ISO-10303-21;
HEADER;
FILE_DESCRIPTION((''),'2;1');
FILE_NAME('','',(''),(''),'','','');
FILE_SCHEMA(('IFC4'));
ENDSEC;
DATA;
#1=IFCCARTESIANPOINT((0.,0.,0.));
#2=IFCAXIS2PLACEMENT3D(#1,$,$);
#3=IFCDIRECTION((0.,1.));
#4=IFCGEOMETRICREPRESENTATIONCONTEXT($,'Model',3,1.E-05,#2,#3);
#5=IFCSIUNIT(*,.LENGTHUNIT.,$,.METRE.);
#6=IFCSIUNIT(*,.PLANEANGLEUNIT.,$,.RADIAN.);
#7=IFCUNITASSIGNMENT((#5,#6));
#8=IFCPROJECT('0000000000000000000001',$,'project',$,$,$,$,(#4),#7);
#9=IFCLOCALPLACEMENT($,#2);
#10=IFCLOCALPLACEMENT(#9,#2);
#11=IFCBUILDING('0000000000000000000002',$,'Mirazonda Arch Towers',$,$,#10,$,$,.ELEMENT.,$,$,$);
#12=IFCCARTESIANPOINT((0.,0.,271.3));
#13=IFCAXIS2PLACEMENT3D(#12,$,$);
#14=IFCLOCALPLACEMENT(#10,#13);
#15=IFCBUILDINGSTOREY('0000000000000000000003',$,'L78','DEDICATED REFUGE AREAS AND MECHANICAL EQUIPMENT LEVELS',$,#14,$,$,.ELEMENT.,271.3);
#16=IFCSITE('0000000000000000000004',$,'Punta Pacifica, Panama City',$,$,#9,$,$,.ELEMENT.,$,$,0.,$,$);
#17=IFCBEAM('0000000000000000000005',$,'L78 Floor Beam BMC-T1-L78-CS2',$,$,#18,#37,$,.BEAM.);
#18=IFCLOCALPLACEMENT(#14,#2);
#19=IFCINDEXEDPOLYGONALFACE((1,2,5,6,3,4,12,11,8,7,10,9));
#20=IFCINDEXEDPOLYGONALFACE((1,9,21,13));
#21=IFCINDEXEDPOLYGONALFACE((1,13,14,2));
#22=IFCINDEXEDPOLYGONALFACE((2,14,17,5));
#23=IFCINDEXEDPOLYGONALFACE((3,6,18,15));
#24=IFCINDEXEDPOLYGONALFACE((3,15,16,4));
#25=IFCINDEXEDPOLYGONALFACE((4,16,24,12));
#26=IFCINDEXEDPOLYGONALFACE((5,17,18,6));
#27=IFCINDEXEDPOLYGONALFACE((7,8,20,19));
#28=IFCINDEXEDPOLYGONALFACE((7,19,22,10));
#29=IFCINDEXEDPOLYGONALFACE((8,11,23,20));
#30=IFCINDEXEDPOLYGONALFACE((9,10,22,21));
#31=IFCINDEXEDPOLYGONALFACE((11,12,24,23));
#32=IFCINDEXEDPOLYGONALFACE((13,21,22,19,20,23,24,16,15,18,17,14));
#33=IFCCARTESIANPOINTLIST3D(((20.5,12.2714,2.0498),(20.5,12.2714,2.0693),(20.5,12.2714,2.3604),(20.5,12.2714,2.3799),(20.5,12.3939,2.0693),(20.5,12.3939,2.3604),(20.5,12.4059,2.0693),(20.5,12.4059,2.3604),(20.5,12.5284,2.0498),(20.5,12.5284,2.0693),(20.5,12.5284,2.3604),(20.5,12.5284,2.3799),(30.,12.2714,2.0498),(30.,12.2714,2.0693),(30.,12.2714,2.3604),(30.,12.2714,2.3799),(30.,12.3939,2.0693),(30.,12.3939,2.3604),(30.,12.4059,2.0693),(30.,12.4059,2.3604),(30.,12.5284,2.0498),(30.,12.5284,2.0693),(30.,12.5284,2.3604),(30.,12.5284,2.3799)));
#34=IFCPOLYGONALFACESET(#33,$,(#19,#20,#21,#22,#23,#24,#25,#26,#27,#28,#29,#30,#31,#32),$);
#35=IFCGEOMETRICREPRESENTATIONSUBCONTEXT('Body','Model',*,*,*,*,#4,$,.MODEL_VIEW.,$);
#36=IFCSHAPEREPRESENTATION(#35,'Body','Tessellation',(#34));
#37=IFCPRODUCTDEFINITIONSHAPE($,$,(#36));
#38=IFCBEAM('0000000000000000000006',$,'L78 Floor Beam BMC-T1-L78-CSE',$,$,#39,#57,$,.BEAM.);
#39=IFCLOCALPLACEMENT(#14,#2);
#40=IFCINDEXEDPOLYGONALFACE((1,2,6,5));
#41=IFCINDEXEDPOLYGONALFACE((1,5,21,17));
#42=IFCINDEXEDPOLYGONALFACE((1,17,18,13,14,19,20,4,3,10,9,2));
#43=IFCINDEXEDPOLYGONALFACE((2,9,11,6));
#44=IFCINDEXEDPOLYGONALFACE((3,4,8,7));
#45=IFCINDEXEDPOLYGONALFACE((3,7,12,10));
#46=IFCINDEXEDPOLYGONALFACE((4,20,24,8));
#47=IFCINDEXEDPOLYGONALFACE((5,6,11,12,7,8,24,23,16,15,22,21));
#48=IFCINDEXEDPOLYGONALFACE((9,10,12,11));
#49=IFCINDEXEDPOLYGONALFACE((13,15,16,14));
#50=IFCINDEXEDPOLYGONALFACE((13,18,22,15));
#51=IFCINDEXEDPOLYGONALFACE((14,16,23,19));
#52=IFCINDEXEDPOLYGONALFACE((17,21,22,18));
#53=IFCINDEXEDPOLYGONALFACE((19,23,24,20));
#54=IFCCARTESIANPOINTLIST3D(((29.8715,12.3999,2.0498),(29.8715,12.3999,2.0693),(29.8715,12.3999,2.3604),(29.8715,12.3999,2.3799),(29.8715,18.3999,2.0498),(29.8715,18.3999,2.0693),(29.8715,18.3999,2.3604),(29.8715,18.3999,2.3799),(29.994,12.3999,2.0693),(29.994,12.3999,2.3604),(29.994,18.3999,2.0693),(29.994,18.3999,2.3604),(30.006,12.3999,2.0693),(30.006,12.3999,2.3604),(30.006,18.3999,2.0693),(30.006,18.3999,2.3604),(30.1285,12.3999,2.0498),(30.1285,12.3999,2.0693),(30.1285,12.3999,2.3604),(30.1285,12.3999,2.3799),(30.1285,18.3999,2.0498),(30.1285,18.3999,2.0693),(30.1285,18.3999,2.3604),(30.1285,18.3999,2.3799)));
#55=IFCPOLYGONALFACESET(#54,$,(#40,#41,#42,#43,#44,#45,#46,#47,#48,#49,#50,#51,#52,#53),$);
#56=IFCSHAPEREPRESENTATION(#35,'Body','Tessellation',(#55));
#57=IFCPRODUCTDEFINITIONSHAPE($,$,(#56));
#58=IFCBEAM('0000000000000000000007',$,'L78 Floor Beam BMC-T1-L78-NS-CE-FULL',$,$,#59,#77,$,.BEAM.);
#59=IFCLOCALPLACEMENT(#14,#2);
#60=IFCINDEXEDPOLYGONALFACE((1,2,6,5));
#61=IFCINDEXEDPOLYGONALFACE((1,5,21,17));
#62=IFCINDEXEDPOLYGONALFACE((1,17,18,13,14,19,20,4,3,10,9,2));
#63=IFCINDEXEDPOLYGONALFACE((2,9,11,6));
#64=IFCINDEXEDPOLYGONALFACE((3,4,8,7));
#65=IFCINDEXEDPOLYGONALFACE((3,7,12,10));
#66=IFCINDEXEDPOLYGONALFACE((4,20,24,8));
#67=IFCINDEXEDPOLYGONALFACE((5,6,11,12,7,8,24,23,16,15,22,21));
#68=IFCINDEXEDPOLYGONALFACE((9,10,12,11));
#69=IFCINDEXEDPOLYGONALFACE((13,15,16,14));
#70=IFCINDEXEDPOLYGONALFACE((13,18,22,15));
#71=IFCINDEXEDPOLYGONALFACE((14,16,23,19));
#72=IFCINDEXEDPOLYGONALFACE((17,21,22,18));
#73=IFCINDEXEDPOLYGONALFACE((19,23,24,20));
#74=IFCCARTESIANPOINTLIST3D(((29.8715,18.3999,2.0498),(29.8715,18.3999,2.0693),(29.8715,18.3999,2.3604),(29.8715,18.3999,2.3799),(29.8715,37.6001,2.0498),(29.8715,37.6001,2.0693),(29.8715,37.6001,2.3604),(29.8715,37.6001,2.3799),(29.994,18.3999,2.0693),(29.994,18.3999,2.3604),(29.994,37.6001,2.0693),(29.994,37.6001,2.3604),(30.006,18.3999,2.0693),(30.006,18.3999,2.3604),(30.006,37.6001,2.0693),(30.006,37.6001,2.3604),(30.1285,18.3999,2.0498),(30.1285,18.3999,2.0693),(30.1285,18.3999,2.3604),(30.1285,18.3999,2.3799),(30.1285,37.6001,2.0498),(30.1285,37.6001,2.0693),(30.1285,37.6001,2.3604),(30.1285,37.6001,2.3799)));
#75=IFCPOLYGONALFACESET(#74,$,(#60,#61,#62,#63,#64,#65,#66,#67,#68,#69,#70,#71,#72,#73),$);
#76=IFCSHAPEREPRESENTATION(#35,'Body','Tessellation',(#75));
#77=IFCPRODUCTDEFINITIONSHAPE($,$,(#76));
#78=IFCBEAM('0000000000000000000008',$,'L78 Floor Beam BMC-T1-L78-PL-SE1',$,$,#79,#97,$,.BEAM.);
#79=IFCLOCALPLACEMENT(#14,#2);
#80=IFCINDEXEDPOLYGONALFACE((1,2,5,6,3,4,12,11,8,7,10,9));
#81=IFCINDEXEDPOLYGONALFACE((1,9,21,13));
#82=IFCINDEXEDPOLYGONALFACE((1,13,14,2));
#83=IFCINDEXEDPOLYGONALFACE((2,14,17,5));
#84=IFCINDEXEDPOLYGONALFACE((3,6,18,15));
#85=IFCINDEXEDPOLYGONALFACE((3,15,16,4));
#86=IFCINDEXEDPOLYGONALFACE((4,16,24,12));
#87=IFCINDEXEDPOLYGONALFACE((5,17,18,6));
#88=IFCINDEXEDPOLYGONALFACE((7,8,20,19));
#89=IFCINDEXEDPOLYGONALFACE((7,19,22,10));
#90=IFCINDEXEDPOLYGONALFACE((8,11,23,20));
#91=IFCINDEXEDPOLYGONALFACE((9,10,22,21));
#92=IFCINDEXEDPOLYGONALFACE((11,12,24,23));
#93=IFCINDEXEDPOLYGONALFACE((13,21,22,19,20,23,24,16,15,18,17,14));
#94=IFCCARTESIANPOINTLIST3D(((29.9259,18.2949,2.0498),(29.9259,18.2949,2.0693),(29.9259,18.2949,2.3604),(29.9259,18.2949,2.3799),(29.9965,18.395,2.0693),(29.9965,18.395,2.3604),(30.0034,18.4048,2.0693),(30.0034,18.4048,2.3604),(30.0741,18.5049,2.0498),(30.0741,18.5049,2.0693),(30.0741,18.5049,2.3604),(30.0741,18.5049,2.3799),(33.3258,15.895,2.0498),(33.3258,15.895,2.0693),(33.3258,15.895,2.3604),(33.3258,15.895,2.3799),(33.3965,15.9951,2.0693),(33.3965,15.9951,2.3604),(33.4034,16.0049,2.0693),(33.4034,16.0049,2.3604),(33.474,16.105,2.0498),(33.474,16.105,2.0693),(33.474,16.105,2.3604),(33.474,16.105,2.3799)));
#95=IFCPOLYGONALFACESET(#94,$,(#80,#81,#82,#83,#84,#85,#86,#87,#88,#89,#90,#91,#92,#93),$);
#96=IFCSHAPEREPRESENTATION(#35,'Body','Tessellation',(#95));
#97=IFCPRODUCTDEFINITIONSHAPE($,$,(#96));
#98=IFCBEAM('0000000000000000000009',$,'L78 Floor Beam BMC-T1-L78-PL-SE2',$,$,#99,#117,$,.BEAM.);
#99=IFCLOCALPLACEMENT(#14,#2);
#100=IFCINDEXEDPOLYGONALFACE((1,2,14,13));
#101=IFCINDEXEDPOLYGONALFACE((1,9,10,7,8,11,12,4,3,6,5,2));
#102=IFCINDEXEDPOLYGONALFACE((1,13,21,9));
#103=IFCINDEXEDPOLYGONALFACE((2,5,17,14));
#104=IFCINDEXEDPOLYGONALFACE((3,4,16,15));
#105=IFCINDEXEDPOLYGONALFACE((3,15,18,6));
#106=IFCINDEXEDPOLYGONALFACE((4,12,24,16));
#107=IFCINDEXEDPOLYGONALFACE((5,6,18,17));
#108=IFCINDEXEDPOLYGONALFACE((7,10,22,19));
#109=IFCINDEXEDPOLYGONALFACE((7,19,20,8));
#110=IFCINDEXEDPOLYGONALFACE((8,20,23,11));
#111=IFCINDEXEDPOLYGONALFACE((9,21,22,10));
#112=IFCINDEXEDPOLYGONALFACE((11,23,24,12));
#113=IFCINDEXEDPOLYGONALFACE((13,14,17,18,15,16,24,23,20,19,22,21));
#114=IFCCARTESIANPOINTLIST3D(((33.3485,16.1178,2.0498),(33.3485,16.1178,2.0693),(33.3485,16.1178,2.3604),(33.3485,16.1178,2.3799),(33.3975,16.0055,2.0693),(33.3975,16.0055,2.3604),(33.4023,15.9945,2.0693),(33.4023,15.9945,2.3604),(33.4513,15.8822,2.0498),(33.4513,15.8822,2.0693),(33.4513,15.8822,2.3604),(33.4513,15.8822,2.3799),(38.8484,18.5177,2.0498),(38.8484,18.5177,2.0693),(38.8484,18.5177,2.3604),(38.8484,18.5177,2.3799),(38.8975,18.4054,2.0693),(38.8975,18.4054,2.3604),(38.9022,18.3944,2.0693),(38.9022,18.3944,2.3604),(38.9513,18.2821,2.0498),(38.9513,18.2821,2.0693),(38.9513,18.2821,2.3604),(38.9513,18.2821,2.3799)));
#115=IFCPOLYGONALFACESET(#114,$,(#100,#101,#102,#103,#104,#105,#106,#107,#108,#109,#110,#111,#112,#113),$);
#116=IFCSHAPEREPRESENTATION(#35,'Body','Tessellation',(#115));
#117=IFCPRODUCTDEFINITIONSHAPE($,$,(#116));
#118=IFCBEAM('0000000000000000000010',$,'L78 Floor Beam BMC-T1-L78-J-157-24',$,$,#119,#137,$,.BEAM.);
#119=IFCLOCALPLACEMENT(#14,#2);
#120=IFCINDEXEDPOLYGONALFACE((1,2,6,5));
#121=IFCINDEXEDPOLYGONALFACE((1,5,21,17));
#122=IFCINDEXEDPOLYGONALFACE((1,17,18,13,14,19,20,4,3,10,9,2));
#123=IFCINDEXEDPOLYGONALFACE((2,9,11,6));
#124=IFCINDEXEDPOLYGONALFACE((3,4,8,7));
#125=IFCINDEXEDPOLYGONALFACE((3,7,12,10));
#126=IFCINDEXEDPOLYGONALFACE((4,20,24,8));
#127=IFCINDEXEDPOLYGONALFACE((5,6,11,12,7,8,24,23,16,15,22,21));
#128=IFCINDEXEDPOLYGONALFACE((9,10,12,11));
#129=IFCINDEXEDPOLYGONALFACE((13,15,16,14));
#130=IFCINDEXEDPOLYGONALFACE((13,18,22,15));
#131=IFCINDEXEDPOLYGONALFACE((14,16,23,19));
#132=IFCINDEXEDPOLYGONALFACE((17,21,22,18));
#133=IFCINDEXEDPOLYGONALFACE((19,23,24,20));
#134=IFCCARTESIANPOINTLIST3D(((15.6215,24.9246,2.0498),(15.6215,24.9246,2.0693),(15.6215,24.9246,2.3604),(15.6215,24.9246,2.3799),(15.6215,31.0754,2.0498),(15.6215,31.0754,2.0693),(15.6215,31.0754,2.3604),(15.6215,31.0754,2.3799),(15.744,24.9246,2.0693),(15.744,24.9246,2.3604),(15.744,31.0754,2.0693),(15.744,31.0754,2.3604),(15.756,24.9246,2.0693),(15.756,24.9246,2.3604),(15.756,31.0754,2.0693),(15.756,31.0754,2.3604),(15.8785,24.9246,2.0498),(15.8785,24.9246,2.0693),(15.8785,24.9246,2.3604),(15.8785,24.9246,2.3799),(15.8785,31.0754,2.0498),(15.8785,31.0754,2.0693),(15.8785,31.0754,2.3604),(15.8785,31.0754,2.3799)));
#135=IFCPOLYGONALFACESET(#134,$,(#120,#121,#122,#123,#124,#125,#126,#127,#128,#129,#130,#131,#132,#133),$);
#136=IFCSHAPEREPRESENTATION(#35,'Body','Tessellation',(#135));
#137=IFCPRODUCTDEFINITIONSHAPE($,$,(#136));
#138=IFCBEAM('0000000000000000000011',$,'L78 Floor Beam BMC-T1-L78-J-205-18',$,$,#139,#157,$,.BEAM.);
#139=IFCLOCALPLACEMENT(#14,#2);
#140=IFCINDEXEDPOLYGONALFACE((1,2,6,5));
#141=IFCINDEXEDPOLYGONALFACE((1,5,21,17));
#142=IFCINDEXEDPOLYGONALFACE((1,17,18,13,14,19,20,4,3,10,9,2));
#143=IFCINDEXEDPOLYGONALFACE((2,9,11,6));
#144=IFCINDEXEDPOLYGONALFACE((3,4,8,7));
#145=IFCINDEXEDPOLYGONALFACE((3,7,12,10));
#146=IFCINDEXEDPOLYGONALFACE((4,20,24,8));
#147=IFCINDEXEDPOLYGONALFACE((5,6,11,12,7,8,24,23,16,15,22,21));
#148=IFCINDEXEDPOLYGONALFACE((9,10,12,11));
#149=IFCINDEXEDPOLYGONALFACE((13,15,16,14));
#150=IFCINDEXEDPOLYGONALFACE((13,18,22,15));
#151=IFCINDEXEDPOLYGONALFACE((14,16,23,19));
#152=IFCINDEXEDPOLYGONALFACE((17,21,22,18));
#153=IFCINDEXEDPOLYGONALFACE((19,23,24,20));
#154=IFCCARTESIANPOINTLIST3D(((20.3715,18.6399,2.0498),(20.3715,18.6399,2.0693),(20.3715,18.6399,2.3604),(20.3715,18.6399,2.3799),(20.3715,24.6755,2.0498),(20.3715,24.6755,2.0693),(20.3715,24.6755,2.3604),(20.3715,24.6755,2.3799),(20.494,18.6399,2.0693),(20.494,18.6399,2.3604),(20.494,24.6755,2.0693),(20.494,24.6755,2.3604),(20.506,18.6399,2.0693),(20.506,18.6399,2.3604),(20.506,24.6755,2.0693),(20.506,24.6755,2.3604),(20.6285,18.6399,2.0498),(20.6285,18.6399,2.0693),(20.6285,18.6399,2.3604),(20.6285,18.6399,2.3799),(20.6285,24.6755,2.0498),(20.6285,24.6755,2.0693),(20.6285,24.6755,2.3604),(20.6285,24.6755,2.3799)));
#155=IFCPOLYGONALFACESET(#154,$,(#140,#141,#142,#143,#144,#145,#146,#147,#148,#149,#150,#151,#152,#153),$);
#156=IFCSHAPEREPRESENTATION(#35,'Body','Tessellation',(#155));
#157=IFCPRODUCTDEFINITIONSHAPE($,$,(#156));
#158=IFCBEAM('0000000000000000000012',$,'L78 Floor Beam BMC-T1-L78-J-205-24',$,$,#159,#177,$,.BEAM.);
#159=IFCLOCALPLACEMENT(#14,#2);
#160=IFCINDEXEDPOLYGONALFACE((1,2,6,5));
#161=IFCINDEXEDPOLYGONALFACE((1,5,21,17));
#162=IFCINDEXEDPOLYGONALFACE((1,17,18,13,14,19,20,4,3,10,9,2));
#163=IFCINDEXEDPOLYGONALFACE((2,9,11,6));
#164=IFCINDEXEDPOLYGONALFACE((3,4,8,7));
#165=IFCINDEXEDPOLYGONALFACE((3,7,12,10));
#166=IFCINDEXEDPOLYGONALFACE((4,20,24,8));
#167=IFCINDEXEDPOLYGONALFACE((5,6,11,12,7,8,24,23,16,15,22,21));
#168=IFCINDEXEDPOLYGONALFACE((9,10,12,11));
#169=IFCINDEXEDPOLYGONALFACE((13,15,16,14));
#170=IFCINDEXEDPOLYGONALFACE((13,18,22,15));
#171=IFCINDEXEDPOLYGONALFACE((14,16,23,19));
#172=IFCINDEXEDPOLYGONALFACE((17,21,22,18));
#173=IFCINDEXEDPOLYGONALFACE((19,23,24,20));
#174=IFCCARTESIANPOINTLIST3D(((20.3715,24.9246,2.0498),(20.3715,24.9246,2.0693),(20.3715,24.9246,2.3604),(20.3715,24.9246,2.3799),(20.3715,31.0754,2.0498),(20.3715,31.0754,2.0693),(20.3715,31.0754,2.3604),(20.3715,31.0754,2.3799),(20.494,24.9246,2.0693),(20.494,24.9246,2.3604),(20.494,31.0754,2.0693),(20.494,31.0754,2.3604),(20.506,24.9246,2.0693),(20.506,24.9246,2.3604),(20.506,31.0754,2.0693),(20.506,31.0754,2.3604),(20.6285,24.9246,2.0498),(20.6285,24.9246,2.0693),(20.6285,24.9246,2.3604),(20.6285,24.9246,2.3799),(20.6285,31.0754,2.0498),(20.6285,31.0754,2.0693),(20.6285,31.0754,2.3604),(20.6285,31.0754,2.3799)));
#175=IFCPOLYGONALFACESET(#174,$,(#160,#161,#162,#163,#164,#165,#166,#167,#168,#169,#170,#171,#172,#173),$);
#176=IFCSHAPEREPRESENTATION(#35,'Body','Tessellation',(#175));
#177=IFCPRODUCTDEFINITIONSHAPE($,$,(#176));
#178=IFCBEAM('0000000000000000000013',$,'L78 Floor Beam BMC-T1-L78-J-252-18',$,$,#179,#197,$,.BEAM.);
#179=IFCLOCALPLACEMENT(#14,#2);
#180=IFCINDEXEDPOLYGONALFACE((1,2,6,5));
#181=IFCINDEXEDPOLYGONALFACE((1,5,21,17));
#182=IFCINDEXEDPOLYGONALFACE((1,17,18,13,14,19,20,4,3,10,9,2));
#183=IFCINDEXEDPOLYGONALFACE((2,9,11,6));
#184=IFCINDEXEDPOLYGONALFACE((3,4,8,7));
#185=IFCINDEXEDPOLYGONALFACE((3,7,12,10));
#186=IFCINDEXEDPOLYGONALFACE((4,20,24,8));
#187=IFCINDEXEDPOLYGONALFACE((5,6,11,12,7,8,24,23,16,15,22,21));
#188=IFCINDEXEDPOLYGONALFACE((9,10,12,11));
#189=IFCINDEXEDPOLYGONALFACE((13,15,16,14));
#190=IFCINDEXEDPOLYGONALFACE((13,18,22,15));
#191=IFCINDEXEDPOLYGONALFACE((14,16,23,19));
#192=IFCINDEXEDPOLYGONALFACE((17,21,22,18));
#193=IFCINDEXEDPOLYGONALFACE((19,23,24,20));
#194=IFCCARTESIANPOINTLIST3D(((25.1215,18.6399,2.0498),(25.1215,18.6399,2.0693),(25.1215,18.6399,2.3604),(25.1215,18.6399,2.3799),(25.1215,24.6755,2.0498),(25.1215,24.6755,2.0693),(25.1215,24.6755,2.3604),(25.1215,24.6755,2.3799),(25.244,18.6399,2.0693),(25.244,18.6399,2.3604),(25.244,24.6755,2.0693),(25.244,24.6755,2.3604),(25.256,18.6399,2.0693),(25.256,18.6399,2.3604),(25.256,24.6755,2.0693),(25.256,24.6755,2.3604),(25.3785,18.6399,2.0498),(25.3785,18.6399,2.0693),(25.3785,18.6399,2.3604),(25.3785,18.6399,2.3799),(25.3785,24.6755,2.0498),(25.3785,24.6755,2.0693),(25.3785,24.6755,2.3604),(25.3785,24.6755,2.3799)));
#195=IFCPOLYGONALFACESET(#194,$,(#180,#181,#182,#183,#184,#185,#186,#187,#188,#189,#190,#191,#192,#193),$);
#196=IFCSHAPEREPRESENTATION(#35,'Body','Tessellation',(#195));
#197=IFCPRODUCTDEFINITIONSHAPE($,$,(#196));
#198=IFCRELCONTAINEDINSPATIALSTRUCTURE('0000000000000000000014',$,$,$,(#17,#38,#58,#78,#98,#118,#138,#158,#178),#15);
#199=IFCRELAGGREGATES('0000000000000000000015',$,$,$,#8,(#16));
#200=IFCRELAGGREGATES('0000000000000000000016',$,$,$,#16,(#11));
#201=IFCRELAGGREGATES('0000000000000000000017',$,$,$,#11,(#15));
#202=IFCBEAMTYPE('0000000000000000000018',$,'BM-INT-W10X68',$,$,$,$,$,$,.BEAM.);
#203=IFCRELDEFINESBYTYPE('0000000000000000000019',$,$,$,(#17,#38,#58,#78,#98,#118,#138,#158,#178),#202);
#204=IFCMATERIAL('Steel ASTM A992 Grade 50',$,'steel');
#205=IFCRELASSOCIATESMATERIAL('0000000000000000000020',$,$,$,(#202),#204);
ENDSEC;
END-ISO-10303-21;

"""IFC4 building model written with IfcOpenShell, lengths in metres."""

from ifc_helpers import new_model, si_unit, direction, frame, origin, origin_2d, place, context, subcontext, project, spatial, i_section, extrude, material, material_profile, profile_set, type_object, element, save


model = new_model("IFC4")

# Units and contexts
model_context = context("Model", 3, precision=1e-05, world=origin(), true_north=direction((0.0, 1.0)))
body_context = subcontext(model_context, "Body", "Model", "MODEL_VIEW")
ifc_project = project(units=[si_unit("LENGTHUNIT", "METRE"), si_unit("PLANEANGLEUNIT", "RADIAN")], contexts=[model_context])

# Site, building, storey
site_placement = place(None, origin())
site = spatial("IfcSite", under=ifc_project, at=site_placement, Name="Punta Pacifica, Panama City", CompositionType="ELEMENT", RefElevation=0.0)
building_placement = place(site_placement, origin())
building = spatial("IfcBuilding", under=site, at=building_placement, Name="Mirazonda Arch Towers", CompositionType="ELEMENT")
storey_placement = place(building_placement, frame((0.0, 0.0, 271.3)))
storey = spatial("IfcBuildingStorey", under=building, at=storey_placement, Name="L78", Description="DEDICATED REFUGE AREAS AND MECHANICAL EQUIPMENT LEVELS", CompositionType="ELEMENT", Elevation=271.3)

# Beams
ifc_material_1 = material(Name="Steel ASTM A992 Grade 50", Category="steel")
ifc_material_profile_1 = material_profile(ifc_material_1, i_section(OverallWidth=0.2571, OverallDepth=0.3301, WebThickness=0.012, FlangeThickness=0.0195, at=origin_2d()), Name="W10X68")
ifc_profile_set_1 = profile_set([ifc_material_profile_1], Name="Steel ASTM A992 Grade 50")
beam_type_1 = type_object("IfcBeamType", Name="BM-INT-W10X68", PredefinedType="BEAM", material=ifc_profile_set_1)
beam_1_placement = place(storey_placement, frame((20.5, 12.3999, 2.2148), z_axis=(1.0, 0.0, 0.0), x_axis=(0.0, 1.0, 0.0)))
element("IfcBeam", 1, at=beam_1_placement, inside=storey, type_object=beam_type_1, Name="L78 Floor Beam BMC-T1-L78-CS2", PredefinedType="BEAM", context=body_context, shape_type="SweptSolid", body=[
    extrude(i_section(OverallWidth=0.2571, OverallDepth=0.3301, WebThickness=0.012, FlangeThickness=0.0195, at=origin_2d()), origin(), (0.0, 0.0, 1.0), 9.5),
])
beam_2_placement = place(storey_placement, frame((30.0, 12.3999, 2.2148), z_axis=(0.0, 1.0, 0.0), x_axis=(-1.0, 0.0, 0.0)))
element("IfcBeam", 2, at=beam_2_placement, inside=storey, type_object=beam_type_1, Name="L78 Floor Beam BMC-T1-L78-CSE", PredefinedType="BEAM", context=body_context, shape_type="SweptSolid", body=[
    extrude(i_section(OverallWidth=0.2571, OverallDepth=0.3301, WebThickness=0.012, FlangeThickness=0.0195, at=origin_2d()), origin(), (0.0, 0.0, 1.0), 6.0),
])
beam_3_placement = place(storey_placement, frame((30.0, 18.3999, 2.2148), z_axis=(0.0, 1.0, 0.0), x_axis=(-1.0, 0.0, 0.0)))
element("IfcBeam", 3, at=beam_3_placement, inside=storey, type_object=beam_type_1, Name="L78 Floor Beam BMC-T1-L78-NS-CE-FULL", PredefinedType="BEAM", context=body_context, shape_type="SweptSolid", body=[
    extrude(i_section(OverallWidth=0.2571, OverallDepth=0.3301, WebThickness=0.012, FlangeThickness=0.0195, at=origin_2d()), origin(), (0.0, 0.0, 1.0), 19.2002),
])
beam_4_placement = place(storey_placement, frame((33.3999, 16.0, 2.2148), z_axis=(-0.816971, 0.576679, 0.0), x_axis=(-0.576679, -0.816971, 0.0)))
element("IfcBeam", 4, at=beam_4_placement, inside=storey, type_object=beam_type_1, Name="L78 Floor Beam BMC-T1-L78-PL-SE1", PredefinedType="BEAM", context=body_context, shape_type="SweptSolid", body=[
    extrude(i_section(OverallWidth=0.2571, OverallDepth=0.3301, WebThickness=0.012, FlangeThickness=0.0195, at=origin_2d()), origin(), (0.0, 0.0, 1.0), 4.1616),
])
beam_5_placement = place(storey_placement, frame((33.3999, 16.0, 2.2148), z_axis=(0.916545, 0.399931, 0.0), x_axis=(-0.399931, 0.916545, 0.0)))
element("IfcBeam", 5, at=beam_5_placement, inside=storey, type_object=beam_type_1, Name="L78 Floor Beam BMC-T1-L78-PL-SE2", PredefinedType="BEAM", context=body_context, shape_type="SweptSolid", body=[
    extrude(i_section(OverallWidth=0.2571, OverallDepth=0.3301, WebThickness=0.012, FlangeThickness=0.0195, at=origin_2d()), origin(), (0.0, 0.0, 1.0), 6.0007),
])
beam_6_placement = place(storey_placement, frame((15.75, 24.9246, 2.2148), z_axis=(0.0, 1.0, 0.0), x_axis=(-1.0, 0.0, 0.0)))
element("IfcBeam", 6, at=beam_6_placement, inside=storey, type_object=beam_type_1, Name="L78 Floor Beam BMC-T1-L78-J-157-24", PredefinedType="BEAM", context=body_context, shape_type="SweptSolid", body=[
    extrude(i_section(OverallWidth=0.2571, OverallDepth=0.3301, WebThickness=0.012, FlangeThickness=0.0195, at=origin_2d()), origin(), (0.0, 0.0, 1.0), 6.1509),
])
beam_7_placement = place(storey_placement, frame((20.5, 18.6399, 2.2148), z_axis=(0.0, 1.0, 0.0), x_axis=(-1.0, 0.0, 0.0)))
element("IfcBeam", 7, at=beam_7_placement, inside=storey, type_object=beam_type_1, Name="L78 Floor Beam BMC-T1-L78-J-205-18", PredefinedType="BEAM", context=body_context, shape_type="SweptSolid", body=[
    extrude(i_section(OverallWidth=0.2571, OverallDepth=0.3301, WebThickness=0.012, FlangeThickness=0.0195, at=origin_2d()), origin(), (0.0, 0.0, 1.0), 6.0356),
])
beam_8_placement = place(storey_placement, frame((20.5, 24.9246, 2.2148), z_axis=(0.0, 1.0, 0.0), x_axis=(-1.0, 0.0, 0.0)))
element("IfcBeam", 8, at=beam_8_placement, inside=storey, type_object=beam_type_1, Name="L78 Floor Beam BMC-T1-L78-J-205-24", PredefinedType="BEAM", context=body_context, shape_type="SweptSolid", body=[
    extrude(i_section(OverallWidth=0.2571, OverallDepth=0.3301, WebThickness=0.012, FlangeThickness=0.0195, at=origin_2d()), origin(), (0.0, 0.0, 1.0), 6.1509),
])
beam_9_placement = place(storey_placement, frame((25.25, 18.6399, 2.2148), z_axis=(0.0, 1.0, 0.0), x_axis=(-1.0, 0.0, 0.0)))
element("IfcBeam", 9, at=beam_9_placement, inside=storey, type_object=beam_type_1, Name="L78 Floor Beam BMC-T1-L78-J-252-18", PredefinedType="BEAM", context=body_context, shape_type="SweptSolid", body=[
    extrude(i_section(OverallWidth=0.2571, OverallDepth=0.3301, WebThickness=0.012, FlangeThickness=0.0195, at=origin_2d()), origin(), (0.0, 0.0, 1.0), 6.0356),
])

save(model, "model.ifc")
